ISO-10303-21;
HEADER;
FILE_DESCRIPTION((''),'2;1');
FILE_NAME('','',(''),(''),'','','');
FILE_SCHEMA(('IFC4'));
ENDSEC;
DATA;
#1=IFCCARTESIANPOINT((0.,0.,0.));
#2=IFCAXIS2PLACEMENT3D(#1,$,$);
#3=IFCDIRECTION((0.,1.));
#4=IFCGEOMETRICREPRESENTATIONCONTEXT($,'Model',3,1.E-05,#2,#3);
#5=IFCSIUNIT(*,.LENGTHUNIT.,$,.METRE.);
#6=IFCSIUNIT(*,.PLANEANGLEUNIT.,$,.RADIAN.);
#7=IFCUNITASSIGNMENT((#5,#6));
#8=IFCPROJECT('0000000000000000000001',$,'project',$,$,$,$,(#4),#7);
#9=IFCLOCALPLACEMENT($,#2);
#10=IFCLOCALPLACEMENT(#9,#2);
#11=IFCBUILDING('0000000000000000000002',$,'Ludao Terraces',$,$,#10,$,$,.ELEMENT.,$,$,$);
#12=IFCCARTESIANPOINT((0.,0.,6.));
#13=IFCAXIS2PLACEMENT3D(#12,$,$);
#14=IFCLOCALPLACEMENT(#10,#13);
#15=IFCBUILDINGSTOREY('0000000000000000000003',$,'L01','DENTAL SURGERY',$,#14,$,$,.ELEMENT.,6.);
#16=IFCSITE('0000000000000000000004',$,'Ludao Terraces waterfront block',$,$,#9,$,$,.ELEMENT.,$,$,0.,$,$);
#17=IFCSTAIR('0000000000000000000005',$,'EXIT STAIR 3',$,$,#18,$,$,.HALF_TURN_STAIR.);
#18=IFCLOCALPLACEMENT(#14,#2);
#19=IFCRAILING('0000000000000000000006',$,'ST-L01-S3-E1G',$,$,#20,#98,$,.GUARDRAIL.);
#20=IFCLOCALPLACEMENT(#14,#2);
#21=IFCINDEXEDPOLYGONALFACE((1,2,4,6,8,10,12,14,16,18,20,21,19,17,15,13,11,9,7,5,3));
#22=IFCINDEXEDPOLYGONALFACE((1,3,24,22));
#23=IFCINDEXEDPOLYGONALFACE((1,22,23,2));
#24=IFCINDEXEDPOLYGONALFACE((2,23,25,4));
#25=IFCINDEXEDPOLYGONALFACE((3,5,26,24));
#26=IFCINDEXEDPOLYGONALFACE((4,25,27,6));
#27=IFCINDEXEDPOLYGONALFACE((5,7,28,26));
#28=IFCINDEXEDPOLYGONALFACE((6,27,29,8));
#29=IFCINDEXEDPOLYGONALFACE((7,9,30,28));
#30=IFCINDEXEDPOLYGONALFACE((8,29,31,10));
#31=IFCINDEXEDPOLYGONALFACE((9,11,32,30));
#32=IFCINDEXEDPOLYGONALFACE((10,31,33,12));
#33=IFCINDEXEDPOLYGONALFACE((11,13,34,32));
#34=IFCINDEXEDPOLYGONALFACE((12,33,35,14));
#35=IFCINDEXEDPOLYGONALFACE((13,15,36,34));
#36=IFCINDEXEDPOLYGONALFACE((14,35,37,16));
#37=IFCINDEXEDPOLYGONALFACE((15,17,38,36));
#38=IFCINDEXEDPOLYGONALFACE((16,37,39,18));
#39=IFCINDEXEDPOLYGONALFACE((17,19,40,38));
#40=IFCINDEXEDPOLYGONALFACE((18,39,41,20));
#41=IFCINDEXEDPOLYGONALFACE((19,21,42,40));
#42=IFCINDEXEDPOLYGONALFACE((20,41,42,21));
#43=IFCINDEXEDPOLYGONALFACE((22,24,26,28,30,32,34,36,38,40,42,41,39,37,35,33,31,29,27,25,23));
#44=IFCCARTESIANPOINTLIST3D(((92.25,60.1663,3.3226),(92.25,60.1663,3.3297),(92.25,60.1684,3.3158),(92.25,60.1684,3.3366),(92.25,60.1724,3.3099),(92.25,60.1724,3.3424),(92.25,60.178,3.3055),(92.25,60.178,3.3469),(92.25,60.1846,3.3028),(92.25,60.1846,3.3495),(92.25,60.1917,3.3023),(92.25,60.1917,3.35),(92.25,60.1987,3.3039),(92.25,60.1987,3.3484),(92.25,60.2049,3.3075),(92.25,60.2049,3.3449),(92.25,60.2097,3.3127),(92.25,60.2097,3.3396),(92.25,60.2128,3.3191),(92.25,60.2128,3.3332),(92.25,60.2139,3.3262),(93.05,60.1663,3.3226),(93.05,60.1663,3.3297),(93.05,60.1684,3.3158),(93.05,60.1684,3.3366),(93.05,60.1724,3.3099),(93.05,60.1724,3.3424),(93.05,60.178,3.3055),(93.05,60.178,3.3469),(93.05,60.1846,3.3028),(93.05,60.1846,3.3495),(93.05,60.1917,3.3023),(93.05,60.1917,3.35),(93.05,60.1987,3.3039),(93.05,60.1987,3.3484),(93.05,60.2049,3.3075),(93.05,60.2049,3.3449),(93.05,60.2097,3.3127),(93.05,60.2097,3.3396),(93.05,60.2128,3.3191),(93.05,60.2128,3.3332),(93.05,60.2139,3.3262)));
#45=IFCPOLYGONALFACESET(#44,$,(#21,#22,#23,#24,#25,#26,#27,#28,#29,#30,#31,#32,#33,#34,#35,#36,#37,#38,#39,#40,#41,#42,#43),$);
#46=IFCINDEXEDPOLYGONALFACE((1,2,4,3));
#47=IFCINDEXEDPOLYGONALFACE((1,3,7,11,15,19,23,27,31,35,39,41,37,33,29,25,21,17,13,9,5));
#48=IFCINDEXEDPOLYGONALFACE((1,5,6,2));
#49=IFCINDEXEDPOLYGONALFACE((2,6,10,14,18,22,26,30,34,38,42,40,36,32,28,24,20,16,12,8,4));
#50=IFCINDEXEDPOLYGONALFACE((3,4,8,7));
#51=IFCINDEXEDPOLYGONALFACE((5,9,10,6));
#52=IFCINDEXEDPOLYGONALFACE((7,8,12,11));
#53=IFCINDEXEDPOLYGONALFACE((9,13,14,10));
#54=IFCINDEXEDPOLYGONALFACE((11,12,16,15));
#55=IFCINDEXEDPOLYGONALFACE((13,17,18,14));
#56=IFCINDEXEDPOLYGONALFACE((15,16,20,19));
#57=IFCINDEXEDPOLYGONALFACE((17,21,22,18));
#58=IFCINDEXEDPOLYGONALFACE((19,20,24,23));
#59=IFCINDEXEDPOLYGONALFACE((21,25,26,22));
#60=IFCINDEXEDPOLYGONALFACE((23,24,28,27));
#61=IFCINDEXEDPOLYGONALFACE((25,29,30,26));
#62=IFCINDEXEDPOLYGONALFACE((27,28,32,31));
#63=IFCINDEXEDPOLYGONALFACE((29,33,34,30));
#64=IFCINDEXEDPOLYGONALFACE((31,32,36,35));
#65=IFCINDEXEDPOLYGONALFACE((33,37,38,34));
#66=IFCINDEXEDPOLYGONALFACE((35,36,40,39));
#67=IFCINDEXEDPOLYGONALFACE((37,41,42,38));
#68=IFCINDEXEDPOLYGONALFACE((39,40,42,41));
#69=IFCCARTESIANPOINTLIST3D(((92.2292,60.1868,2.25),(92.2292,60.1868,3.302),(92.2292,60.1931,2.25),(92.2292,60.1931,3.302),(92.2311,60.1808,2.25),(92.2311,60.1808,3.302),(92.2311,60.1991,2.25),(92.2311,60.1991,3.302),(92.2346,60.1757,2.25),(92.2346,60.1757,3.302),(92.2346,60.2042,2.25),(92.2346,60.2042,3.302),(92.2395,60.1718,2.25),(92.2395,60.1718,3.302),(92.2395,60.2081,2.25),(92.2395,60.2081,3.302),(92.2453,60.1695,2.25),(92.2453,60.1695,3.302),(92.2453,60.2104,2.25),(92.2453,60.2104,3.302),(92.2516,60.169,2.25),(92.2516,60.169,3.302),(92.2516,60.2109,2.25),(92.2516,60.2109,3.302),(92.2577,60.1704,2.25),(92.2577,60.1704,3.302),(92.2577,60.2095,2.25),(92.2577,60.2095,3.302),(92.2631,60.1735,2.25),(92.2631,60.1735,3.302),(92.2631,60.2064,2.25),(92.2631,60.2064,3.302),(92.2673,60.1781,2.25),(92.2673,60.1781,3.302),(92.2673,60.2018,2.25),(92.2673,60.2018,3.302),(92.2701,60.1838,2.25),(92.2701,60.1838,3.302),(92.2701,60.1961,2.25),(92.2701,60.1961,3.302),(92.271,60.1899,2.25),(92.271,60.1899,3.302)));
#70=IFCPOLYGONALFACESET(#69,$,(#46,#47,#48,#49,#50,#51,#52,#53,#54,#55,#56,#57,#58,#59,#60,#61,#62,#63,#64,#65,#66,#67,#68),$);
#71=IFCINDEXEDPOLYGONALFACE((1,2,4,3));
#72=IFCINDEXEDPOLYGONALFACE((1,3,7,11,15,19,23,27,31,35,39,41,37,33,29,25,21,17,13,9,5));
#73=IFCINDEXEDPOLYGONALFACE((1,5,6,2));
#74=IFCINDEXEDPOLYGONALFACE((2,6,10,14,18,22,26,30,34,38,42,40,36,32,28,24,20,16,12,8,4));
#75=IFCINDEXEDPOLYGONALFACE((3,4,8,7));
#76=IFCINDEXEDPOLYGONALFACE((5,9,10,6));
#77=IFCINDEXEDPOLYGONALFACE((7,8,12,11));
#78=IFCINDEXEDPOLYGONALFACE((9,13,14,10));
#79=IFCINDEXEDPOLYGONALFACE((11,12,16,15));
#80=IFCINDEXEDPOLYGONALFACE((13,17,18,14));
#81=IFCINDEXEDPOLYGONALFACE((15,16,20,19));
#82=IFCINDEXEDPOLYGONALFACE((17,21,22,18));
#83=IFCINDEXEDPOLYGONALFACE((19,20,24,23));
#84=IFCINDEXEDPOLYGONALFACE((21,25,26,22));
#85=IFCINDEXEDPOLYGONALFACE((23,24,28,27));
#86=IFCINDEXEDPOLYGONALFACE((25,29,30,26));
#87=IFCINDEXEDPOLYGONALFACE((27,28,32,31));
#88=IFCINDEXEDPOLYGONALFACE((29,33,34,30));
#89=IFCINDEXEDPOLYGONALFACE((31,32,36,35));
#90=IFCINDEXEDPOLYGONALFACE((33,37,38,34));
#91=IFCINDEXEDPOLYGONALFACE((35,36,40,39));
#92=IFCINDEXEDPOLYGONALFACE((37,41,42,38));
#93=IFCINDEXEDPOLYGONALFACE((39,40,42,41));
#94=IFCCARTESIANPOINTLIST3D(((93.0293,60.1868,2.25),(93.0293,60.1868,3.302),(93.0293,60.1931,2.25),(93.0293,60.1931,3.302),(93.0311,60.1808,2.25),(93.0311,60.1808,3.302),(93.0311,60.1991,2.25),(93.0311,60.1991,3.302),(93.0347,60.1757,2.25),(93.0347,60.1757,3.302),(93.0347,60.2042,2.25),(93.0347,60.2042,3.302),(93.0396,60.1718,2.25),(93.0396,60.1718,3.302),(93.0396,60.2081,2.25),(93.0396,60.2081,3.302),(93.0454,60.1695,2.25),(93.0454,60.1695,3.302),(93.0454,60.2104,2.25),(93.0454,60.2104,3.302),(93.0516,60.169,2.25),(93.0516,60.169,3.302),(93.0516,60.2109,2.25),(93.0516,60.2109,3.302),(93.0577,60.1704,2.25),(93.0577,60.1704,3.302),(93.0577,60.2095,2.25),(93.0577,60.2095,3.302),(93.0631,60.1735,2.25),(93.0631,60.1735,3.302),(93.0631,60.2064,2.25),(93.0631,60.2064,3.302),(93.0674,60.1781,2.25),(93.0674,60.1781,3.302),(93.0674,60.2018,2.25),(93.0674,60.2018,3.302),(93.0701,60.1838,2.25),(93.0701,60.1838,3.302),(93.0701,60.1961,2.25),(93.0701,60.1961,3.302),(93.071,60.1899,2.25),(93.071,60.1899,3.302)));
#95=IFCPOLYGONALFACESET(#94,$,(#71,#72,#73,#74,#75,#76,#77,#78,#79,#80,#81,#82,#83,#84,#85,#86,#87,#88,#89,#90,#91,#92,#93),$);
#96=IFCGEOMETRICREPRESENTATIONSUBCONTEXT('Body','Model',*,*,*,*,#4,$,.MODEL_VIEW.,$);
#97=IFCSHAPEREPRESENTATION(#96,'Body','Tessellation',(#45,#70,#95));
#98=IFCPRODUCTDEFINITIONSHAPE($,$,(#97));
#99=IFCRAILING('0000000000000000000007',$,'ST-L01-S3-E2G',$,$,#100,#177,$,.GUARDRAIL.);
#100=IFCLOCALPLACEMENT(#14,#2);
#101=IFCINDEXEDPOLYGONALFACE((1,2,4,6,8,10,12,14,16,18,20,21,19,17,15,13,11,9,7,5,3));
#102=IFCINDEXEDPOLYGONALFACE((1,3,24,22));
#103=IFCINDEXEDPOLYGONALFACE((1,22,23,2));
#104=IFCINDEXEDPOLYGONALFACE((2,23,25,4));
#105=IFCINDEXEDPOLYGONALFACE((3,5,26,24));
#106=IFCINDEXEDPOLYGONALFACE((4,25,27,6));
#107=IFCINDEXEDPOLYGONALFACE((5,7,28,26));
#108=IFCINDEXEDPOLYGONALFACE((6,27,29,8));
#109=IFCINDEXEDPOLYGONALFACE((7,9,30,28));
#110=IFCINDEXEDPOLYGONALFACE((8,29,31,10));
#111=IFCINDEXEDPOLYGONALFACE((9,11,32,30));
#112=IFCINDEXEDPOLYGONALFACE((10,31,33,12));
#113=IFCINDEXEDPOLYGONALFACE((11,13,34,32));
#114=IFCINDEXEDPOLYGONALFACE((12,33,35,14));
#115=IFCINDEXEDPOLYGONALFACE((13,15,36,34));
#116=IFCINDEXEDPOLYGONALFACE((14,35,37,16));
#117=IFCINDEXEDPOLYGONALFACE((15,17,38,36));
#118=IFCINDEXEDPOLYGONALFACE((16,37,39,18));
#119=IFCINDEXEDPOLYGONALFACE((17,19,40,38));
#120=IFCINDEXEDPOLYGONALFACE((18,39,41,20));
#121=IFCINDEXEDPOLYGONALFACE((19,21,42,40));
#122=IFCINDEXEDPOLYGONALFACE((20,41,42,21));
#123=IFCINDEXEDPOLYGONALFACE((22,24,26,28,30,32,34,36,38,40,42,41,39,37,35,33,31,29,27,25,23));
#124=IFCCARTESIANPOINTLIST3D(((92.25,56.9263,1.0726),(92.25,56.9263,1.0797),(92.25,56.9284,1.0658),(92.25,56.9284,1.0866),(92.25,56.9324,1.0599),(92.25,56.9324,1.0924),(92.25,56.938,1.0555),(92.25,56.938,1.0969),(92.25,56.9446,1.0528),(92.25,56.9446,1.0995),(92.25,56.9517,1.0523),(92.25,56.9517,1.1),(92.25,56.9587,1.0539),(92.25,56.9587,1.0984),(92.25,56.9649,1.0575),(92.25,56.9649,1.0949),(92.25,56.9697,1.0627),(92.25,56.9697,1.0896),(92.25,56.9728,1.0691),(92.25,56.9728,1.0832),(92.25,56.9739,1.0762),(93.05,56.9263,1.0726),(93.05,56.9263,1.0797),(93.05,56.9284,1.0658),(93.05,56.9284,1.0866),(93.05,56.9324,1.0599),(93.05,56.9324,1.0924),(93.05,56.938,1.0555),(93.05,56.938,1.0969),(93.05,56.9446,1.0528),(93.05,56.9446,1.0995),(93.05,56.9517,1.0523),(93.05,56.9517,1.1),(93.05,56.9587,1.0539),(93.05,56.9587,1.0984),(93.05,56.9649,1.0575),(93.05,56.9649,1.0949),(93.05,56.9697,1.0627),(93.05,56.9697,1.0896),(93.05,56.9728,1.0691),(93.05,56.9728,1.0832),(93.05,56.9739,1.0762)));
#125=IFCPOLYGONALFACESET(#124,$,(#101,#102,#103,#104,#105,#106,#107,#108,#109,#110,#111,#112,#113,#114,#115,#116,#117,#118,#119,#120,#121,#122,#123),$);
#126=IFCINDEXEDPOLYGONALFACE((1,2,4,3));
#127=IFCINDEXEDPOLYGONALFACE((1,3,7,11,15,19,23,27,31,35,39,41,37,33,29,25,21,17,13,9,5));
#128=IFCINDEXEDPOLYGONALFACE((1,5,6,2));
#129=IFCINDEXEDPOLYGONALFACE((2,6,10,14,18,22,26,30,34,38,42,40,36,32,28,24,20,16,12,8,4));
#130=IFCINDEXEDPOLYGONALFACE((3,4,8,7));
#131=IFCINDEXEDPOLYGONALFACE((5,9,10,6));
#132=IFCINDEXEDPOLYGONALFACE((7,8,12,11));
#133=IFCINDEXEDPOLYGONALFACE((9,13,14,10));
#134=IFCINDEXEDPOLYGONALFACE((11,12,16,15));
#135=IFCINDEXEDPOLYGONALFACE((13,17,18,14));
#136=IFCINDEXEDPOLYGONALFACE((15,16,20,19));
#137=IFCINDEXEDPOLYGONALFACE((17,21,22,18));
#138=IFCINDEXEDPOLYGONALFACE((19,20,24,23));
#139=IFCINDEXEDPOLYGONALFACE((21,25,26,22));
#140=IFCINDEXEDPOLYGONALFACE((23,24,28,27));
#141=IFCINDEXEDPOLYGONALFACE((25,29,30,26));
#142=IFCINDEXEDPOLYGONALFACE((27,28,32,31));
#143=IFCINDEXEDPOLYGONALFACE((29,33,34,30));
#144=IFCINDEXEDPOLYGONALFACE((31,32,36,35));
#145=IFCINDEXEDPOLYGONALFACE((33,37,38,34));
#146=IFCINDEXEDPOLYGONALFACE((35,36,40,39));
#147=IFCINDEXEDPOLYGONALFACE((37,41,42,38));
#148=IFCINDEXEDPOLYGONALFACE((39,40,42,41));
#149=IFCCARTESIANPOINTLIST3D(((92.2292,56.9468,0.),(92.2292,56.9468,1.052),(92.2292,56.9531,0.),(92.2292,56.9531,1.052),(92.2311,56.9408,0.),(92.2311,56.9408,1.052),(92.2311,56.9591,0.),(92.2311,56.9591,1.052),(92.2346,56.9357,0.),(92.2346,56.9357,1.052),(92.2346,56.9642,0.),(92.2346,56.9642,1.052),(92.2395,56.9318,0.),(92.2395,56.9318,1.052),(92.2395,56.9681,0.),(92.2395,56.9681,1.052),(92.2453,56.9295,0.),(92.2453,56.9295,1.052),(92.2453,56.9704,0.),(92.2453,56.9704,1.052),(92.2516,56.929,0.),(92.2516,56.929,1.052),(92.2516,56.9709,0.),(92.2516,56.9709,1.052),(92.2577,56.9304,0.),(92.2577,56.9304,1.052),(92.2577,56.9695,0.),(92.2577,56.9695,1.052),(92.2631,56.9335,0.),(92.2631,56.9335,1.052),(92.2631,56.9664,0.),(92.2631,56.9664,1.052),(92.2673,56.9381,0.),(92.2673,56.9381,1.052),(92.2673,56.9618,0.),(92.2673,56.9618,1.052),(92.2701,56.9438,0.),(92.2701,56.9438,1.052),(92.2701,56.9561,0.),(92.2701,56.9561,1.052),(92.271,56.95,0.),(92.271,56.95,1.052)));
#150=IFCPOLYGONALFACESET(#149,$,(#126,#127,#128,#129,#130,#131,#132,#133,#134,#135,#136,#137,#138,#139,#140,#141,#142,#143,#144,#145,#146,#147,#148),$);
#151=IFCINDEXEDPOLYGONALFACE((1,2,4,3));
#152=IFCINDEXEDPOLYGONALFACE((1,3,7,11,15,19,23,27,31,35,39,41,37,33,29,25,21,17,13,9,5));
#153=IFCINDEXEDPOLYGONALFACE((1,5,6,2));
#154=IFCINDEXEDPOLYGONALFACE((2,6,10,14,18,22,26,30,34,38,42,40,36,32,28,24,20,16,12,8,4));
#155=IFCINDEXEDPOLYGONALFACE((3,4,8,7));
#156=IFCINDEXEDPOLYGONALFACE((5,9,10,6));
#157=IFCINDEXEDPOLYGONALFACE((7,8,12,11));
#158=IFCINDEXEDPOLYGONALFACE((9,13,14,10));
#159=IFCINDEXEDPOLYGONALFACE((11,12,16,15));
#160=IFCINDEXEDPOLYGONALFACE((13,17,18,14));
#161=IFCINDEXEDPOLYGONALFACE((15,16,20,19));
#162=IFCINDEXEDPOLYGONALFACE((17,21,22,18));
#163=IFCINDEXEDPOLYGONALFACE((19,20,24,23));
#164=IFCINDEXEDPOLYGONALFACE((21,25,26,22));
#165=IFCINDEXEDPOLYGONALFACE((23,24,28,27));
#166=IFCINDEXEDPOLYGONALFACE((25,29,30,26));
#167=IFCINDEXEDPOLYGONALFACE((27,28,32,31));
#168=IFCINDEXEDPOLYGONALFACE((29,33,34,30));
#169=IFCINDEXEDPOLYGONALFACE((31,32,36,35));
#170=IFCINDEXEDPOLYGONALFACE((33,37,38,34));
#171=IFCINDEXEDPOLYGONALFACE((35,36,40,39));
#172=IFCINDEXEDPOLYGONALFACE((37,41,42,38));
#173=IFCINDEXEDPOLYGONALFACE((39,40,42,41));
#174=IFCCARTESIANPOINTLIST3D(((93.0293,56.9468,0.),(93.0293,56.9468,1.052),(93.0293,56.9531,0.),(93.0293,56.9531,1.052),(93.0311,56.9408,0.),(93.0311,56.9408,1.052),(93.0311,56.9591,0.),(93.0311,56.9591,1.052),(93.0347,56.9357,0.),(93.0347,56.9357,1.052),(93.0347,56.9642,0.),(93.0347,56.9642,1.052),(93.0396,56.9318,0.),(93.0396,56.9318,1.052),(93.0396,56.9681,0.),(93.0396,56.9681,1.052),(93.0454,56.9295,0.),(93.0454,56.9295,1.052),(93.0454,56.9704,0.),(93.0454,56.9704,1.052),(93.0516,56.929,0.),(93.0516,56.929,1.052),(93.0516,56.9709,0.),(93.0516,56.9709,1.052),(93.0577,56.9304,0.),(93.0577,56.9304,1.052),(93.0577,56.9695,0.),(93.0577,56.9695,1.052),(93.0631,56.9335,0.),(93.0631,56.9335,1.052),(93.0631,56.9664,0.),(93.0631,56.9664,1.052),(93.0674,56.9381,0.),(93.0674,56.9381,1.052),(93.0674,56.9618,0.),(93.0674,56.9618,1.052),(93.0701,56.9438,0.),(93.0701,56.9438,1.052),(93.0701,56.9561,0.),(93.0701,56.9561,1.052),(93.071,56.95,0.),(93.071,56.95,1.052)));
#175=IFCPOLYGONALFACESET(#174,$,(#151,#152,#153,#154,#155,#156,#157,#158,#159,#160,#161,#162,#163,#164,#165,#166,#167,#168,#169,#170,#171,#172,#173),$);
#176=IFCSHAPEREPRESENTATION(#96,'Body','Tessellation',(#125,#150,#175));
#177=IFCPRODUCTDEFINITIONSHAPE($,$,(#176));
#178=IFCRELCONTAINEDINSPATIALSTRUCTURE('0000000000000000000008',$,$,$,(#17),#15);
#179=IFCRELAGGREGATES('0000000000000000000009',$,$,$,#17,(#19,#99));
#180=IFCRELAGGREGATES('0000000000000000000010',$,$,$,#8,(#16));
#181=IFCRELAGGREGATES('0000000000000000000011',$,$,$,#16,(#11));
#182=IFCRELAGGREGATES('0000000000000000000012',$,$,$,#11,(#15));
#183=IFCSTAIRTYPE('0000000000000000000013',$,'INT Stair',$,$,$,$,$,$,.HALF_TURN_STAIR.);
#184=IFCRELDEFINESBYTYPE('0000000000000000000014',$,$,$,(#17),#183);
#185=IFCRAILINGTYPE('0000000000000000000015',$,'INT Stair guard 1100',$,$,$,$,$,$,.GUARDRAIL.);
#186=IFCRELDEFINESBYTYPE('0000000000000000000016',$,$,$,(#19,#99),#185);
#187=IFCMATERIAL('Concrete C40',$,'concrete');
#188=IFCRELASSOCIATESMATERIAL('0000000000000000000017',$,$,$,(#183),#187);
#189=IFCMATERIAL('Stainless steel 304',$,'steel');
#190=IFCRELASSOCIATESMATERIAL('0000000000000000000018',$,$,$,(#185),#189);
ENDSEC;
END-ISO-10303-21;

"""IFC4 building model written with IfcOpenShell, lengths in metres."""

from ifc_helpers import new_model, si_unit, direction, frame, origin, origin_2d, place, context, subcontext, project, spatial, circle, extrude, material, type_object, element, aggregate, save


model = new_model("IFC4")

# Units and contexts
model_context = context("Model", 3, precision=1e-05, world=origin(), true_north=direction((0.0, 1.0)))
body_context = subcontext(model_context, "Body", "Model", "MODEL_VIEW")
ifc_project = project(units=[si_unit("LENGTHUNIT", "METRE"), si_unit("PLANEANGLEUNIT", "RADIAN")], contexts=[model_context])

# Site, building, storey
site_placement = place(None, origin())
site = spatial("IfcSite", under=ifc_project, at=site_placement, Name="Ludao Terraces waterfront block", CompositionType="ELEMENT", RefElevation=0.0)
building_placement = place(site_placement, origin())
building = spatial("IfcBuilding", under=site, at=building_placement, Name="Ludao Terraces", CompositionType="ELEMENT")
storey_placement = place(building_placement, frame((0.0, 0.0, 6.0)))
storey = spatial("IfcBuildingStorey", under=building, at=storey_placement, Name="L01", Description="DENTAL SURGERY", CompositionType="ELEMENT", Elevation=6.0)

# Stair, railings
ifc_material_1 = material(Name="Concrete C40", Category="concrete")
stair_type = type_object("IfcStairType", Name="INT Stair", PredefinedType="HALF_TURN_STAIR", material=ifc_material_1)
stair_placement = place(storey_placement, origin())
stair = element("IfcStair", 1, at=stair_placement, inside=storey, type_object=stair_type, Name="EXIT STAIR 3", PredefinedType="HALF_TURN_STAIR")
ifc_material_2 = material(Name="Stainless steel 304", Category="steel")
railing_type_1 = type_object("IfcRailingType", Name="INT Stair guard 1100", PredefinedType="GUARDRAIL", material=ifc_material_2)
railing_1_placement = place(storey_placement, frame((92.25, 60.1899, 2.25)))
railing_1 = element("IfcRailing", 2, at=railing_1_placement, type_object=railing_type_1, Name="ST-L01-S3-E1G", PredefinedType="GUARDRAIL", context=body_context, shape_type="SweptSolid", body=[
    extrude(circle(Radius=0.0239, at=origin_2d()), frame((0.0, 0.0, 1.0762), z_axis=(1.0, 0.0, 0.0), x_axis=(0.0, 1.0, 0.0)), (0.0, 0.0, 1.0), 0.8),
    extrude(circle(Radius=0.021, at=origin_2d()), origin(), (0.0, 0.0, 1.0), 1.052),
    extrude(circle(Radius=0.021, at=origin_2d()), frame((0.8, 0.0, 0.0)), (0.0, 0.0, 1.0), 1.052),
])
railing_2_placement = place(storey_placement, frame((92.25, 56.95, 0.0)))
railing_2 = element("IfcRailing", 3, at=railing_2_placement, type_object=railing_type_1, Name="ST-L01-S3-E2G", PredefinedType="GUARDRAIL", context=body_context, shape_type="SweptSolid", body=[
    extrude(circle(Radius=0.0239, at=origin_2d()), frame((0.0, 0.0, 1.0762), z_axis=(1.0, 0.0, 0.0), x_axis=(0.0, 1.0, 0.0)), (0.0, 0.0, 1.0), 0.8),
    extrude(circle(Radius=0.021, at=origin_2d()), origin(), (0.0, 0.0, 1.0), 1.052),
    extrude(circle(Radius=0.021, at=origin_2d()), frame((0.8, 0.0, 0.0)), (0.0, 0.0, 1.0), 1.052),
])
aggregate(stair, [railing_1, railing_2])

save(model, "model.ifc")
